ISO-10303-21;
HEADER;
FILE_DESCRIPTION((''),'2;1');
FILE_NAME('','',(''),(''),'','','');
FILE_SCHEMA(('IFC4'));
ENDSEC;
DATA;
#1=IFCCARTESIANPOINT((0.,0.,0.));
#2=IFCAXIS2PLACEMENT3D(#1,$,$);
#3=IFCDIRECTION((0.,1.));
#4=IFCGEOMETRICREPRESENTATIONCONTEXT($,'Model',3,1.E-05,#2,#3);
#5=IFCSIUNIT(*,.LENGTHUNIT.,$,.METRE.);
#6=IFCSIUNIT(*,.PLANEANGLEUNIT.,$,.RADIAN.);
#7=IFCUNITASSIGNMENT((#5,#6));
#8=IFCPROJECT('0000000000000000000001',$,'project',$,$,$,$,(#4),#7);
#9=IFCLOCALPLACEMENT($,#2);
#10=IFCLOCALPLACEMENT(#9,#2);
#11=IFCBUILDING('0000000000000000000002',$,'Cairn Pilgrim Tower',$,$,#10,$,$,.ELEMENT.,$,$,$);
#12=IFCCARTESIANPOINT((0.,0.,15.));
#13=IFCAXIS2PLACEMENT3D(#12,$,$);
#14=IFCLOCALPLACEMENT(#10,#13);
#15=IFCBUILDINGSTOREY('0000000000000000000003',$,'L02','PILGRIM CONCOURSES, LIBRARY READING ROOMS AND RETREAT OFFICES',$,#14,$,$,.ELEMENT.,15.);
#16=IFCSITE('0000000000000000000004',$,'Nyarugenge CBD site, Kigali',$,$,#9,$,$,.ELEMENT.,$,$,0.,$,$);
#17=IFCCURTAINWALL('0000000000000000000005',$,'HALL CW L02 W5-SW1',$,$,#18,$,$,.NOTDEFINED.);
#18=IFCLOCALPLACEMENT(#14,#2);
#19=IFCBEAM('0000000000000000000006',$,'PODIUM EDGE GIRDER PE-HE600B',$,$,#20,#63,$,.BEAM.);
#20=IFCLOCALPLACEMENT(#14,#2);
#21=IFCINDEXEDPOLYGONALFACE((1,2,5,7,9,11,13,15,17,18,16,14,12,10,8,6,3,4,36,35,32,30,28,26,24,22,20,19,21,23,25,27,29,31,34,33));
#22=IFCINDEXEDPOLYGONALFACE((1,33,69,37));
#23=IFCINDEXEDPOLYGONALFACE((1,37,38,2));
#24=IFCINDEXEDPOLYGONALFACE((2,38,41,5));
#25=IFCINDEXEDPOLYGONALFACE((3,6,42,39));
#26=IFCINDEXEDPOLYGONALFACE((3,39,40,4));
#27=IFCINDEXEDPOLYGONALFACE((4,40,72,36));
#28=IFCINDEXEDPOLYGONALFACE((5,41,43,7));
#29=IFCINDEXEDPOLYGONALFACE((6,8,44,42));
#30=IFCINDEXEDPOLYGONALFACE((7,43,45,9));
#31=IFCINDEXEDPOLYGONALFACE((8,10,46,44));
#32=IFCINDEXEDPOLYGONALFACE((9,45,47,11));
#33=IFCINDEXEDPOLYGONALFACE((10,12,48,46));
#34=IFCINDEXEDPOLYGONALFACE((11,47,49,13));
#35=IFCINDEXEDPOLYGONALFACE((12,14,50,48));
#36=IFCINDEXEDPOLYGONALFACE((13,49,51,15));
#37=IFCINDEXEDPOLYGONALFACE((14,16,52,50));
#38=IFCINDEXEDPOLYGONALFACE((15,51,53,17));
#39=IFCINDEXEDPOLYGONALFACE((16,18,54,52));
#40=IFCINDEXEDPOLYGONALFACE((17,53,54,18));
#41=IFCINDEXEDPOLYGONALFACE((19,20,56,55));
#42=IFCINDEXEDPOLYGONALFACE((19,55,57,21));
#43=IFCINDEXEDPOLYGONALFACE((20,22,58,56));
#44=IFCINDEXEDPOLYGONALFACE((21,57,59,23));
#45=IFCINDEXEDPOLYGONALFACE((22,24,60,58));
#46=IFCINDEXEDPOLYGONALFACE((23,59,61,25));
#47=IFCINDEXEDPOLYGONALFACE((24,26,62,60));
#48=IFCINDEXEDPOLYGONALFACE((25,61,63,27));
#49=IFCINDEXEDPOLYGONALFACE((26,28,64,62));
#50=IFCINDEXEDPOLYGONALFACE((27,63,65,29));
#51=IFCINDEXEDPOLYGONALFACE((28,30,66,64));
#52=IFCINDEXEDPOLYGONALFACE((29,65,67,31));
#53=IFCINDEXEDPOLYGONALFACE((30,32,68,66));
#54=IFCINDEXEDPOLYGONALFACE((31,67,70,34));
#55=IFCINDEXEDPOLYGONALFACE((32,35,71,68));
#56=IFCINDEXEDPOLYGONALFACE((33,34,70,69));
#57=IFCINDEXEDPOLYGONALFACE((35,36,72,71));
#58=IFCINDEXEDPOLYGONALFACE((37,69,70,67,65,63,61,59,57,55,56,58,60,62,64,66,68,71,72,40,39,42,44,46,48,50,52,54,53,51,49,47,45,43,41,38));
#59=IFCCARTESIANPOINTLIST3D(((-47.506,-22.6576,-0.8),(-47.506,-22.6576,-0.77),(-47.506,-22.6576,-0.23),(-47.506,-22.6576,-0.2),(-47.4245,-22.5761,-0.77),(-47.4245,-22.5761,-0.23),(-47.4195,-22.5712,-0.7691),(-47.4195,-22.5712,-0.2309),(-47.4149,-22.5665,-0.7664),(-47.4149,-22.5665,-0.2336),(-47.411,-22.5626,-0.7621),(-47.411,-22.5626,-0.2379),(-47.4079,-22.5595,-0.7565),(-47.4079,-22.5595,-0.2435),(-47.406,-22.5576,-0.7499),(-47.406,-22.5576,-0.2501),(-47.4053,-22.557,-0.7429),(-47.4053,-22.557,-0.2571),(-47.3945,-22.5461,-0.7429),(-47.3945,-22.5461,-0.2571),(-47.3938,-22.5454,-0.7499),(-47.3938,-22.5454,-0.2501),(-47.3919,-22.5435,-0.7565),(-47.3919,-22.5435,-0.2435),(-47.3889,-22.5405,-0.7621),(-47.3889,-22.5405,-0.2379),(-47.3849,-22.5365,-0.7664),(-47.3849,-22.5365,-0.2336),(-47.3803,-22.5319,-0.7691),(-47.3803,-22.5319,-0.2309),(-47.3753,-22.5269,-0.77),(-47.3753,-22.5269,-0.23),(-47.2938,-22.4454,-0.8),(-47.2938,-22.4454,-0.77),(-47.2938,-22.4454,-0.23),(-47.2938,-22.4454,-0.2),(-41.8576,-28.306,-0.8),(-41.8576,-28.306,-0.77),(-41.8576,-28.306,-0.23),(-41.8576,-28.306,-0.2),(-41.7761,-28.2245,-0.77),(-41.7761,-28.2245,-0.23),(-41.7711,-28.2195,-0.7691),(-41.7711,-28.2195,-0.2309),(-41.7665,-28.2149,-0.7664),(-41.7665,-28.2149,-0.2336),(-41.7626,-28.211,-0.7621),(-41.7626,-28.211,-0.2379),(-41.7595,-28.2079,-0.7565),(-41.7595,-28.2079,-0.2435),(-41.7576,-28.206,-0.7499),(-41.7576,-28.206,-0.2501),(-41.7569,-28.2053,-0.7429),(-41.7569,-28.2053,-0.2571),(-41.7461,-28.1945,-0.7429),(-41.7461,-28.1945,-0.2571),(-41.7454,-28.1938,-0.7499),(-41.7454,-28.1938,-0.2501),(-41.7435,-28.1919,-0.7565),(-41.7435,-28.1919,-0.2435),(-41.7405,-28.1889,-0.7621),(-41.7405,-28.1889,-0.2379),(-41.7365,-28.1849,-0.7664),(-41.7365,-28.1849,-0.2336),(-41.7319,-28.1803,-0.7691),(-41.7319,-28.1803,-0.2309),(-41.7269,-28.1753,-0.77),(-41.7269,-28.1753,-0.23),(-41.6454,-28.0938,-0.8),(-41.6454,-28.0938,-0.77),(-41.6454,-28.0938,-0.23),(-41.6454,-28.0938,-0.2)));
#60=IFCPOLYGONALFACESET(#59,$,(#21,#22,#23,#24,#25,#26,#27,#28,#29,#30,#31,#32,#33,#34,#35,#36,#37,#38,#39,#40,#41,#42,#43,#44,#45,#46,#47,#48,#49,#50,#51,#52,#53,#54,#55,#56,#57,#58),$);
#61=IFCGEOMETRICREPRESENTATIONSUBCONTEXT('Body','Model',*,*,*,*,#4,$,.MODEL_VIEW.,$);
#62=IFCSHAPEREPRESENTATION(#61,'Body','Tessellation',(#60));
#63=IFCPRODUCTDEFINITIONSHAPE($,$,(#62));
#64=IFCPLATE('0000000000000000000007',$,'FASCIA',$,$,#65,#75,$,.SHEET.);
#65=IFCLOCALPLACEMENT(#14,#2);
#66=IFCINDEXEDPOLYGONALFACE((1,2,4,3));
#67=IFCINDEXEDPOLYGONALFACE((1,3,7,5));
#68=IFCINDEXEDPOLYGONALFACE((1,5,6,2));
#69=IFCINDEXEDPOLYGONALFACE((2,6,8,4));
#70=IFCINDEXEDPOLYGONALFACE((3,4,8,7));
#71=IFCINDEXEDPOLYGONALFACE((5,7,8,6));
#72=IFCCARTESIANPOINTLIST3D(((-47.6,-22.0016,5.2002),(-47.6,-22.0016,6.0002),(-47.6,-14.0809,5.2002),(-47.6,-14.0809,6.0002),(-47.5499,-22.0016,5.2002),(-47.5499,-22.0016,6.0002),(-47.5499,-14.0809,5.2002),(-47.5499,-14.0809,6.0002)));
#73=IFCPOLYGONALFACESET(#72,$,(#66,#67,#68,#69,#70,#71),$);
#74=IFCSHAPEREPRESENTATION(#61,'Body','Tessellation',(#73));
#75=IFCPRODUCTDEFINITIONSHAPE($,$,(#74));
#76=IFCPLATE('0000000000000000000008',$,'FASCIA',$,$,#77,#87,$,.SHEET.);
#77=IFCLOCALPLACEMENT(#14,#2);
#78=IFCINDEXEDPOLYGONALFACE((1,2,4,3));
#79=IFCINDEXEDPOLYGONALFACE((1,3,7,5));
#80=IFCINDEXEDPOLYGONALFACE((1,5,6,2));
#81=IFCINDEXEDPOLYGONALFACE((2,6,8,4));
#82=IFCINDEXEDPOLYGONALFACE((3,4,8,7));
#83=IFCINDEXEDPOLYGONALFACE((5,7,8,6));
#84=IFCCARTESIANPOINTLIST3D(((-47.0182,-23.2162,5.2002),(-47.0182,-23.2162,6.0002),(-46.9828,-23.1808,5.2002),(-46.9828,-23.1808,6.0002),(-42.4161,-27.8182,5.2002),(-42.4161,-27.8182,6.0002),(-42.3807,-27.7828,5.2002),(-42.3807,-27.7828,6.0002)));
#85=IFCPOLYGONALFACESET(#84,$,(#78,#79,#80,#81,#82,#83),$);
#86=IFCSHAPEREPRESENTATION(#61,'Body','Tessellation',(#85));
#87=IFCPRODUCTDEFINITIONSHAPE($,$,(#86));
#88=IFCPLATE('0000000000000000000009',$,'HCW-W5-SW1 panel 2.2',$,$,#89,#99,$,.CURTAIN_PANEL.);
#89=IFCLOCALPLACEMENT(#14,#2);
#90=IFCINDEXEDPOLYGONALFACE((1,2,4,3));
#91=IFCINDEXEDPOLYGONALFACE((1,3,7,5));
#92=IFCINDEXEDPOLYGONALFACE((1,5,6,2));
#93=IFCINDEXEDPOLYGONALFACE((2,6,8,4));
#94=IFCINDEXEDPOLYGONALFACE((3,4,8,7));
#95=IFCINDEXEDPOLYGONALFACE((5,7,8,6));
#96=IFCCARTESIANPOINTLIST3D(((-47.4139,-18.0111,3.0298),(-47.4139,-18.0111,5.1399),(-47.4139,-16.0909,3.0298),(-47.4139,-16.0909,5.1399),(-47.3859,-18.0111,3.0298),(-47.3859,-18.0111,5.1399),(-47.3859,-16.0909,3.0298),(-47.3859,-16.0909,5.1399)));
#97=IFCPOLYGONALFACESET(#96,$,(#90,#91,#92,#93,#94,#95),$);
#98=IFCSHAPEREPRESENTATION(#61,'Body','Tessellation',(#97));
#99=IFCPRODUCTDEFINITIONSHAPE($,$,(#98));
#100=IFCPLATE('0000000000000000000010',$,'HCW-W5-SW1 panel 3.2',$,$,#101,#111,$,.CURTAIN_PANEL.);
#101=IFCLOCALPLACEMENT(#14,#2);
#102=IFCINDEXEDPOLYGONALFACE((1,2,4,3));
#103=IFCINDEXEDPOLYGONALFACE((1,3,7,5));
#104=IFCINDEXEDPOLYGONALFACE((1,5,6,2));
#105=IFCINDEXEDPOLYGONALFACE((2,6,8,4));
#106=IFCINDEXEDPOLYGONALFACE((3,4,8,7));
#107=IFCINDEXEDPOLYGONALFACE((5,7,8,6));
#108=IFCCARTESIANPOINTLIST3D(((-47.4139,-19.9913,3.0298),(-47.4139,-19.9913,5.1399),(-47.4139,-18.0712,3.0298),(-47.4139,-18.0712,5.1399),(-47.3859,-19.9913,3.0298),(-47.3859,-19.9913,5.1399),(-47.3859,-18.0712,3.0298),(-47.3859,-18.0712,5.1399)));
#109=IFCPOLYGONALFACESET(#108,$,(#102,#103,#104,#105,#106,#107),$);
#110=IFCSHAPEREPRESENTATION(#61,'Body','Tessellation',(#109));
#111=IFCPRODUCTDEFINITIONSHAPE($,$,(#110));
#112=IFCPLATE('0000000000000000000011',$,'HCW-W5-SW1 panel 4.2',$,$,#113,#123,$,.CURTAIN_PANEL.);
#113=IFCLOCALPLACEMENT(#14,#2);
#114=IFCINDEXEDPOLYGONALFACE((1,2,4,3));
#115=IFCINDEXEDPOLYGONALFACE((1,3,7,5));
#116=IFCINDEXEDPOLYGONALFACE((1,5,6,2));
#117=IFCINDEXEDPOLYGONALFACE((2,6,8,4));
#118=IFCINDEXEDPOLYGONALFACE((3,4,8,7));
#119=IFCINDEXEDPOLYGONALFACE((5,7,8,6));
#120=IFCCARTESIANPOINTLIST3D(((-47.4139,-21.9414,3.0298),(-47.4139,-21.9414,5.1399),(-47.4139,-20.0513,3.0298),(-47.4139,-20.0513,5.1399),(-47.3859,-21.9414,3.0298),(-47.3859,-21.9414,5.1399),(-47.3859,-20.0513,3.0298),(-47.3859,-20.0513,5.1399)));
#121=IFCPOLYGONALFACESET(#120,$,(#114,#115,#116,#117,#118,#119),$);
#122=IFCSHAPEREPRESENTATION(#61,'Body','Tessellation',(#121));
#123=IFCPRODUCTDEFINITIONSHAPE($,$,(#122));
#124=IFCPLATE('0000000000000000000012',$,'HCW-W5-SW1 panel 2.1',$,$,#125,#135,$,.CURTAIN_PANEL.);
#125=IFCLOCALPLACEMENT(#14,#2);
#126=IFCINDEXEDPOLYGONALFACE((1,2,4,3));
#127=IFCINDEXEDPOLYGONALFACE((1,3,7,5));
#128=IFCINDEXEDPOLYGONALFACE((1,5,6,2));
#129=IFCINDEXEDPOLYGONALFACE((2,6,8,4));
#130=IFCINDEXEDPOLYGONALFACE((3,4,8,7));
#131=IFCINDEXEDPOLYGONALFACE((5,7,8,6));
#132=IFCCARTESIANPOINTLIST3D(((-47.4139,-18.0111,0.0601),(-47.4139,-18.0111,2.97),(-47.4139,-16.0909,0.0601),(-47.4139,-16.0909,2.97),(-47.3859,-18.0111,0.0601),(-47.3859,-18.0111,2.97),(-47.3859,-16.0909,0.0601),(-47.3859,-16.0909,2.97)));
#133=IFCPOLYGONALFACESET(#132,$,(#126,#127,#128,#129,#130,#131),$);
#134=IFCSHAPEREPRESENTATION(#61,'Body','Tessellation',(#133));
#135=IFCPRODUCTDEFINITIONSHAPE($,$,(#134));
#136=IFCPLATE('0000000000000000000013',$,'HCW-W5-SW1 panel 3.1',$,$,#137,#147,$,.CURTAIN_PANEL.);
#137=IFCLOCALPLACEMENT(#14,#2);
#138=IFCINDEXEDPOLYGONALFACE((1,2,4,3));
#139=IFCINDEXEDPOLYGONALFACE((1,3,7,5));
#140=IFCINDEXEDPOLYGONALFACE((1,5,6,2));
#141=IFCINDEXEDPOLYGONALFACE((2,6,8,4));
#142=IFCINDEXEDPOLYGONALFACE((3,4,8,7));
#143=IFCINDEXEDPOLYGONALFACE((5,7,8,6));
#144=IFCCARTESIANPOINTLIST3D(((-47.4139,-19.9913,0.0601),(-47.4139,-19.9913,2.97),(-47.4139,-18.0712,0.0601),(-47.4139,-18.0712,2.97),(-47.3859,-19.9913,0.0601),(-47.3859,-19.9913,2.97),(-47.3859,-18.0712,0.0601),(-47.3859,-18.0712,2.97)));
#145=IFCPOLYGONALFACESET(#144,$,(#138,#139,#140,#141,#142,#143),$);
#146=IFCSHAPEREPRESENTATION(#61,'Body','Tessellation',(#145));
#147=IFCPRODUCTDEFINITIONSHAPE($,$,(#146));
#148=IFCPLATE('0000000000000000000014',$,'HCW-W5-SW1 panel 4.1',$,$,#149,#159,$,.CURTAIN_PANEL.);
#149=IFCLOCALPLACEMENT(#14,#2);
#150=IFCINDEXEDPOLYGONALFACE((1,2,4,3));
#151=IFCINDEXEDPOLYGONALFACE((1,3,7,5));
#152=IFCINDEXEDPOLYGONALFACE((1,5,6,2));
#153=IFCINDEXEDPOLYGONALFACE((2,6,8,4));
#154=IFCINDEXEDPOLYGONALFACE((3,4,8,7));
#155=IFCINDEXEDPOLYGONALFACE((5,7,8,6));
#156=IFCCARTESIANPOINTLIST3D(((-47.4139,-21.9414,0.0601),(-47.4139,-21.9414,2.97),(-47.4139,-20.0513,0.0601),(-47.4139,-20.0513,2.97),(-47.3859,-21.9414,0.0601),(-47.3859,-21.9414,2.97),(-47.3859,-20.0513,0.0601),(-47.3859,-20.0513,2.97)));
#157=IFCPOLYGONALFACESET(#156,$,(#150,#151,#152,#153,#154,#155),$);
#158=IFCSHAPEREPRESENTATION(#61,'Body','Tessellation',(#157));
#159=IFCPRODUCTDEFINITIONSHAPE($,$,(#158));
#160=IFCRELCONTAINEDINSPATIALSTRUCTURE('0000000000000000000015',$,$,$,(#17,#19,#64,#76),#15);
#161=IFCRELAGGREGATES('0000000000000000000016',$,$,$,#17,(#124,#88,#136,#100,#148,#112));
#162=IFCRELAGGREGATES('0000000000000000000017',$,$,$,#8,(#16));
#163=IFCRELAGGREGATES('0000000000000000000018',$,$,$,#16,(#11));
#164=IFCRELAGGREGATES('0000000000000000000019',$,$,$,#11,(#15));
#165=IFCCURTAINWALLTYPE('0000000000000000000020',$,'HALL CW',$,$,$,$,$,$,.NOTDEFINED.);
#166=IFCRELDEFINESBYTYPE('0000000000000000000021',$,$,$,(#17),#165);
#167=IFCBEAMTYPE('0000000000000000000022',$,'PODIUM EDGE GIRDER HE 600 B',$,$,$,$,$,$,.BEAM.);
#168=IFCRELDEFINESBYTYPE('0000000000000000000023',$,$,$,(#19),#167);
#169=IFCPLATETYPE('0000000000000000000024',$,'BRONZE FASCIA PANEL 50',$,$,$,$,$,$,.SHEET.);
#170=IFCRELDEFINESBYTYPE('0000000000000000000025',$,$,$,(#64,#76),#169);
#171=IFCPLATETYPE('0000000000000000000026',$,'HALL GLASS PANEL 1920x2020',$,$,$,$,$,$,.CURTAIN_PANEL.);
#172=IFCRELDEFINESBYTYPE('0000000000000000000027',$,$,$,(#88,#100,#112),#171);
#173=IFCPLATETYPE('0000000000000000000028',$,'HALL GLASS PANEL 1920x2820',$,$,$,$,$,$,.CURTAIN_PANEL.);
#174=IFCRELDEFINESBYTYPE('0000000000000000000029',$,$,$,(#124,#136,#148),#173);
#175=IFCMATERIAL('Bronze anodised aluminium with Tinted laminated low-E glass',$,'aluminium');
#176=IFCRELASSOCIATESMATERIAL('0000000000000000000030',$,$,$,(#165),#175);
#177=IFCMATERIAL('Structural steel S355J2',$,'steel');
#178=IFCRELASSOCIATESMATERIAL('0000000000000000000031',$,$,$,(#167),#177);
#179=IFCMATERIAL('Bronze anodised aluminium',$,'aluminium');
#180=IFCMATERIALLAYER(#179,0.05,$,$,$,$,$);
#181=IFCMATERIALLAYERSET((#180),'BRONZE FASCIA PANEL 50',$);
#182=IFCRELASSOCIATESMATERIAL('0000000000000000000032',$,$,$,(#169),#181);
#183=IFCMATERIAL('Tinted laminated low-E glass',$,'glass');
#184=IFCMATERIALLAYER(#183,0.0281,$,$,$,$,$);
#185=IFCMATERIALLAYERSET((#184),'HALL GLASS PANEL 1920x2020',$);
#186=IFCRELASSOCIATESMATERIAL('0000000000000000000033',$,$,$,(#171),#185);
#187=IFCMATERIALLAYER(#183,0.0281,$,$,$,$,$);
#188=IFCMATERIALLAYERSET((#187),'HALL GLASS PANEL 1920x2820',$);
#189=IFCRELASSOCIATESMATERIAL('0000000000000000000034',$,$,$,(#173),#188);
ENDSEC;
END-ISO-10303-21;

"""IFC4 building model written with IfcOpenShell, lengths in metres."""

from ifc_helpers import new_model, si_unit, direction, frame, origin, origin_2d, place, context, subcontext, project, spatial, rectangle, i_section, extrude, material, layer, layer_set, material_profile, profile_set, type_object, element, aggregate, save


model = new_model("IFC4")

# Units and contexts
model_context = context("Model", 3, precision=1e-05, world=origin(), true_north=direction((0.0, 1.0)))
body_context = subcontext(model_context, "Body", "Model", "MODEL_VIEW")
ifc_project = project(units=[si_unit("LENGTHUNIT", "METRE"), si_unit("PLANEANGLEUNIT", "RADIAN")], contexts=[model_context])

# Site, building, storey
site_placement = place(None, origin())
site = spatial("IfcSite", under=ifc_project, at=site_placement, Name="Nyarugenge CBD site, Kigali", CompositionType="ELEMENT", RefElevation=0.0)
building_placement = place(site_placement, origin())
building = spatial("IfcBuilding", under=site, at=building_placement, Name="Cairn Pilgrim Tower", CompositionType="ELEMENT")
storey_placement = place(building_placement, frame((0.0, 0.0, 15.0)))
storey = spatial("IfcBuildingStorey", under=building, at=storey_placement, Name="L02", Description="PILGRIM CONCOURSES, LIBRARY READING ROOMS AND RETREAT OFFICES", CompositionType="ELEMENT", Elevation=15.0)

# Curtain wall
ifc_material_1 = material(Name="Bronze anodised aluminium with Tinted laminated low-E glass", Category="aluminium")
curtain_wall_type = type_object("IfcCurtainWallType", Name="HALL CW", PredefinedType="NOTDEFINED", material=ifc_material_1)
curtain_wall_placement = place(storey_placement, origin())
curtain_wall = element("IfcCurtainWall", 1, at=curtain_wall_placement, inside=storey, type_object=curtain_wall_type, Name="HALL CW L02 W5-SW1", PredefinedType="NOTDEFINED")
ifc_material_2 = material(Name="Bronze anodised aluminium", Category="aluminium")

# Beam
ifc_material_3 = material(Name="Structural steel S355J2", Category="steel")
ifc_material_profile_1 = material_profile(ifc_material_3, i_section(OverallWidth=0.3, OverallDepth=0.6001, WebThickness=0.0154, FlangeThickness=0.03, FilletRadius=0.0271, at=origin_2d()), Name="HEB 600")
ifc_profile_set_1 = profile_set([ifc_material_profile_1], Name="Structural steel S355J2")
beam_type = type_object("IfcBeamType", Name="PODIUM EDGE GIRDER HE 600 B", PredefinedType="BEAM", material=ifc_profile_set_1)
beam_placement = place(storey_placement, frame((-47.3999, -22.5515, -0.5), z_axis=(0.707107, -0.707107, 0.0), x_axis=(0.707107, 0.707107, 0.0)))
element("IfcBeam", 2, at=beam_placement, inside=storey, type_object=beam_type, Name="PODIUM EDGE GIRDER PE-HE600B", PredefinedType="BEAM", context=body_context, shape_type="SweptSolid", body=[
    extrude(i_section(OverallWidth=0.3, OverallDepth=0.6001, WebThickness=0.0154, FlangeThickness=0.03, FilletRadius=0.0271, at=origin_2d()), origin(), (0.0, 0.0, 1.0), 7.988),
])

# Plates
ifc_layer_1 = layer(ifc_material_2, 0.05)
ifc_layer_set_1 = layer_set([ifc_layer_1], Name="BRONZE FASCIA PANEL 50")
plate_type_1 = type_object("IfcPlateType", Name="BRONZE FASCIA PANEL 50", PredefinedType="SHEET", material=ifc_layer_set_1)
plate_1_placement = place(storey_placement, frame((-47.575, -18.0413, 5.2002), z_axis=(0.0, 0.0, 1.0), x_axis=(0.0, -1.0, 0.0)))
element("IfcPlate", 3, at=plate_1_placement, inside=storey, type_object=plate_type_1, Name="FASCIA", PredefinedType="SHEET", context=body_context, shape_type="SweptSolid", body=[
    extrude(rectangle(XDim=7.9207, YDim=0.05, at=origin_2d()), origin(), (0.0, 0.0, 1.0), 0.8),
])
plate_2_placement = place(storey_placement, frame((-44.6995, -25.4995, 5.2002), z_axis=(0.0, 0.0, 1.0), x_axis=(0.707107, -0.707107, 0.0)))
element("IfcPlate", 4, at=plate_2_placement, inside=storey, type_object=plate_type_1, Name="FASCIA", PredefinedType="SHEET", context=body_context, shape_type="SweptSolid", body=[
    extrude(rectangle(XDim=6.5083, YDim=0.05, at=origin_2d()), origin(), (0.0, 0.0, 1.0), 0.8),
])

# Plates
ifc_material_4 = material(Name="Tinted laminated low-E glass", Category="glass")
ifc_layer_2 = layer(ifc_material_4, 0.0281)
ifc_layer_set_2 = layer_set([ifc_layer_2], Name="HALL GLASS PANEL 1920x2020")
plate_type_2 = type_object("IfcPlateType", Name="HALL GLASS PANEL 1920x2020", PredefinedType="CURTAIN_PANEL", material=ifc_layer_set_2)
plate_3_placement = place(storey_placement, frame((-47.3999, -17.051, 3.0298), z_axis=(0.0, 0.0, 1.0), x_axis=(0.0, -1.0, 0.0)))
plate_3 = element("IfcPlate", 5, at=plate_3_placement, type_object=plate_type_2, Name="HCW-W5-SW1 panel 2.2", PredefinedType="CURTAIN_PANEL", context=body_context, shape_type="SweptSolid", body=[
    extrude(rectangle(XDim=1.9202, YDim=0.0281, at=origin_2d()), origin(), (0.0, 0.0, 1.0), 2.1101),
])
plate_4_placement = place(storey_placement, frame((-47.3999, -19.0312, 3.0298), z_axis=(0.0, 0.0, 1.0), x_axis=(0.0, -1.0, 0.0)))
plate_4 = element("IfcPlate", 6, at=plate_4_placement, type_object=plate_type_2, Name="HCW-W5-SW1 panel 3.2", PredefinedType="CURTAIN_PANEL", context=body_context, shape_type="SweptSolid", body=[
    extrude(rectangle(XDim=1.9202, YDim=0.0281, at=origin_2d()), origin(), (0.0, 0.0, 1.0), 2.1101),
])
plate_5_placement = place(storey_placement, frame((-47.3999, -20.9963, 3.0298), z_axis=(0.0, 0.0, 1.0), x_axis=(0.0, -1.0, 0.0)))
plate_5 = element("IfcPlate", 7, at=plate_5_placement, type_object=plate_type_2, Name="HCW-W5-SW1 panel 4.2", PredefinedType="CURTAIN_PANEL", context=body_context, shape_type="SweptSolid", body=[
    extrude(rectangle(XDim=1.8901, YDim=0.0281, at=origin_2d()), origin(), (0.0, 0.0, 1.0), 2.1101),
])
ifc_layer_3 = layer(ifc_material_4, 0.0281)
ifc_layer_set_3 = layer_set([ifc_layer_3], Name="HALL GLASS PANEL 1920x2820")
plate_type_3 = type_object("IfcPlateType", Name="HALL GLASS PANEL 1920x2820", PredefinedType="CURTAIN_PANEL", material=ifc_layer_set_3)
plate_6_placement = place(storey_placement, frame((-47.3999, -17.051, 0.0601), z_axis=(0.0, 0.0, 1.0), x_axis=(0.0, -1.0, 0.0)))
plate_6 = element("IfcPlate", 8, at=plate_6_placement, type_object=plate_type_3, Name="HCW-W5-SW1 panel 2.1", PredefinedType="CURTAIN_PANEL", context=body_context, shape_type="SweptSolid", body=[
    extrude(rectangle(XDim=1.9202, YDim=0.0281, at=origin_2d()), origin(), (0.0, 0.0, 1.0), 2.9099),
])
plate_7_placement = place(storey_placement, frame((-47.3999, -19.0312, 0.0601), z_axis=(0.0, 0.0, 1.0), x_axis=(0.0, -1.0, 0.0)))
plate_7 = element("IfcPlate", 9, at=plate_7_placement, type_object=plate_type_3, Name="HCW-W5-SW1 panel 3.1", PredefinedType="CURTAIN_PANEL", context=body_context, shape_type="SweptSolid", body=[
    extrude(rectangle(XDim=1.9202, YDim=0.0281, at=origin_2d()), origin(), (0.0, 0.0, 1.0), 2.9099),
])
plate_8_placement = place(storey_placement, frame((-47.3999, -20.9963, 0.0601), z_axis=(0.0, 0.0, 1.0), x_axis=(0.0, -1.0, 0.0)))
plate_8 = element("IfcPlate", 10, at=plate_8_placement, type_object=plate_type_3, Name="HCW-W5-SW1 panel 4.1", PredefinedType="CURTAIN_PANEL", context=body_context, shape_type="SweptSolid", body=[
    extrude(rectangle(XDim=1.8901, YDim=0.0281, at=origin_2d()), origin(), (0.0, 0.0, 1.0), 2.9099),
])
aggregate(curtain_wall, [plate_6, plate_3, plate_7, plate_4, plate_8, plate_5])

save(model, "model.ifc")
